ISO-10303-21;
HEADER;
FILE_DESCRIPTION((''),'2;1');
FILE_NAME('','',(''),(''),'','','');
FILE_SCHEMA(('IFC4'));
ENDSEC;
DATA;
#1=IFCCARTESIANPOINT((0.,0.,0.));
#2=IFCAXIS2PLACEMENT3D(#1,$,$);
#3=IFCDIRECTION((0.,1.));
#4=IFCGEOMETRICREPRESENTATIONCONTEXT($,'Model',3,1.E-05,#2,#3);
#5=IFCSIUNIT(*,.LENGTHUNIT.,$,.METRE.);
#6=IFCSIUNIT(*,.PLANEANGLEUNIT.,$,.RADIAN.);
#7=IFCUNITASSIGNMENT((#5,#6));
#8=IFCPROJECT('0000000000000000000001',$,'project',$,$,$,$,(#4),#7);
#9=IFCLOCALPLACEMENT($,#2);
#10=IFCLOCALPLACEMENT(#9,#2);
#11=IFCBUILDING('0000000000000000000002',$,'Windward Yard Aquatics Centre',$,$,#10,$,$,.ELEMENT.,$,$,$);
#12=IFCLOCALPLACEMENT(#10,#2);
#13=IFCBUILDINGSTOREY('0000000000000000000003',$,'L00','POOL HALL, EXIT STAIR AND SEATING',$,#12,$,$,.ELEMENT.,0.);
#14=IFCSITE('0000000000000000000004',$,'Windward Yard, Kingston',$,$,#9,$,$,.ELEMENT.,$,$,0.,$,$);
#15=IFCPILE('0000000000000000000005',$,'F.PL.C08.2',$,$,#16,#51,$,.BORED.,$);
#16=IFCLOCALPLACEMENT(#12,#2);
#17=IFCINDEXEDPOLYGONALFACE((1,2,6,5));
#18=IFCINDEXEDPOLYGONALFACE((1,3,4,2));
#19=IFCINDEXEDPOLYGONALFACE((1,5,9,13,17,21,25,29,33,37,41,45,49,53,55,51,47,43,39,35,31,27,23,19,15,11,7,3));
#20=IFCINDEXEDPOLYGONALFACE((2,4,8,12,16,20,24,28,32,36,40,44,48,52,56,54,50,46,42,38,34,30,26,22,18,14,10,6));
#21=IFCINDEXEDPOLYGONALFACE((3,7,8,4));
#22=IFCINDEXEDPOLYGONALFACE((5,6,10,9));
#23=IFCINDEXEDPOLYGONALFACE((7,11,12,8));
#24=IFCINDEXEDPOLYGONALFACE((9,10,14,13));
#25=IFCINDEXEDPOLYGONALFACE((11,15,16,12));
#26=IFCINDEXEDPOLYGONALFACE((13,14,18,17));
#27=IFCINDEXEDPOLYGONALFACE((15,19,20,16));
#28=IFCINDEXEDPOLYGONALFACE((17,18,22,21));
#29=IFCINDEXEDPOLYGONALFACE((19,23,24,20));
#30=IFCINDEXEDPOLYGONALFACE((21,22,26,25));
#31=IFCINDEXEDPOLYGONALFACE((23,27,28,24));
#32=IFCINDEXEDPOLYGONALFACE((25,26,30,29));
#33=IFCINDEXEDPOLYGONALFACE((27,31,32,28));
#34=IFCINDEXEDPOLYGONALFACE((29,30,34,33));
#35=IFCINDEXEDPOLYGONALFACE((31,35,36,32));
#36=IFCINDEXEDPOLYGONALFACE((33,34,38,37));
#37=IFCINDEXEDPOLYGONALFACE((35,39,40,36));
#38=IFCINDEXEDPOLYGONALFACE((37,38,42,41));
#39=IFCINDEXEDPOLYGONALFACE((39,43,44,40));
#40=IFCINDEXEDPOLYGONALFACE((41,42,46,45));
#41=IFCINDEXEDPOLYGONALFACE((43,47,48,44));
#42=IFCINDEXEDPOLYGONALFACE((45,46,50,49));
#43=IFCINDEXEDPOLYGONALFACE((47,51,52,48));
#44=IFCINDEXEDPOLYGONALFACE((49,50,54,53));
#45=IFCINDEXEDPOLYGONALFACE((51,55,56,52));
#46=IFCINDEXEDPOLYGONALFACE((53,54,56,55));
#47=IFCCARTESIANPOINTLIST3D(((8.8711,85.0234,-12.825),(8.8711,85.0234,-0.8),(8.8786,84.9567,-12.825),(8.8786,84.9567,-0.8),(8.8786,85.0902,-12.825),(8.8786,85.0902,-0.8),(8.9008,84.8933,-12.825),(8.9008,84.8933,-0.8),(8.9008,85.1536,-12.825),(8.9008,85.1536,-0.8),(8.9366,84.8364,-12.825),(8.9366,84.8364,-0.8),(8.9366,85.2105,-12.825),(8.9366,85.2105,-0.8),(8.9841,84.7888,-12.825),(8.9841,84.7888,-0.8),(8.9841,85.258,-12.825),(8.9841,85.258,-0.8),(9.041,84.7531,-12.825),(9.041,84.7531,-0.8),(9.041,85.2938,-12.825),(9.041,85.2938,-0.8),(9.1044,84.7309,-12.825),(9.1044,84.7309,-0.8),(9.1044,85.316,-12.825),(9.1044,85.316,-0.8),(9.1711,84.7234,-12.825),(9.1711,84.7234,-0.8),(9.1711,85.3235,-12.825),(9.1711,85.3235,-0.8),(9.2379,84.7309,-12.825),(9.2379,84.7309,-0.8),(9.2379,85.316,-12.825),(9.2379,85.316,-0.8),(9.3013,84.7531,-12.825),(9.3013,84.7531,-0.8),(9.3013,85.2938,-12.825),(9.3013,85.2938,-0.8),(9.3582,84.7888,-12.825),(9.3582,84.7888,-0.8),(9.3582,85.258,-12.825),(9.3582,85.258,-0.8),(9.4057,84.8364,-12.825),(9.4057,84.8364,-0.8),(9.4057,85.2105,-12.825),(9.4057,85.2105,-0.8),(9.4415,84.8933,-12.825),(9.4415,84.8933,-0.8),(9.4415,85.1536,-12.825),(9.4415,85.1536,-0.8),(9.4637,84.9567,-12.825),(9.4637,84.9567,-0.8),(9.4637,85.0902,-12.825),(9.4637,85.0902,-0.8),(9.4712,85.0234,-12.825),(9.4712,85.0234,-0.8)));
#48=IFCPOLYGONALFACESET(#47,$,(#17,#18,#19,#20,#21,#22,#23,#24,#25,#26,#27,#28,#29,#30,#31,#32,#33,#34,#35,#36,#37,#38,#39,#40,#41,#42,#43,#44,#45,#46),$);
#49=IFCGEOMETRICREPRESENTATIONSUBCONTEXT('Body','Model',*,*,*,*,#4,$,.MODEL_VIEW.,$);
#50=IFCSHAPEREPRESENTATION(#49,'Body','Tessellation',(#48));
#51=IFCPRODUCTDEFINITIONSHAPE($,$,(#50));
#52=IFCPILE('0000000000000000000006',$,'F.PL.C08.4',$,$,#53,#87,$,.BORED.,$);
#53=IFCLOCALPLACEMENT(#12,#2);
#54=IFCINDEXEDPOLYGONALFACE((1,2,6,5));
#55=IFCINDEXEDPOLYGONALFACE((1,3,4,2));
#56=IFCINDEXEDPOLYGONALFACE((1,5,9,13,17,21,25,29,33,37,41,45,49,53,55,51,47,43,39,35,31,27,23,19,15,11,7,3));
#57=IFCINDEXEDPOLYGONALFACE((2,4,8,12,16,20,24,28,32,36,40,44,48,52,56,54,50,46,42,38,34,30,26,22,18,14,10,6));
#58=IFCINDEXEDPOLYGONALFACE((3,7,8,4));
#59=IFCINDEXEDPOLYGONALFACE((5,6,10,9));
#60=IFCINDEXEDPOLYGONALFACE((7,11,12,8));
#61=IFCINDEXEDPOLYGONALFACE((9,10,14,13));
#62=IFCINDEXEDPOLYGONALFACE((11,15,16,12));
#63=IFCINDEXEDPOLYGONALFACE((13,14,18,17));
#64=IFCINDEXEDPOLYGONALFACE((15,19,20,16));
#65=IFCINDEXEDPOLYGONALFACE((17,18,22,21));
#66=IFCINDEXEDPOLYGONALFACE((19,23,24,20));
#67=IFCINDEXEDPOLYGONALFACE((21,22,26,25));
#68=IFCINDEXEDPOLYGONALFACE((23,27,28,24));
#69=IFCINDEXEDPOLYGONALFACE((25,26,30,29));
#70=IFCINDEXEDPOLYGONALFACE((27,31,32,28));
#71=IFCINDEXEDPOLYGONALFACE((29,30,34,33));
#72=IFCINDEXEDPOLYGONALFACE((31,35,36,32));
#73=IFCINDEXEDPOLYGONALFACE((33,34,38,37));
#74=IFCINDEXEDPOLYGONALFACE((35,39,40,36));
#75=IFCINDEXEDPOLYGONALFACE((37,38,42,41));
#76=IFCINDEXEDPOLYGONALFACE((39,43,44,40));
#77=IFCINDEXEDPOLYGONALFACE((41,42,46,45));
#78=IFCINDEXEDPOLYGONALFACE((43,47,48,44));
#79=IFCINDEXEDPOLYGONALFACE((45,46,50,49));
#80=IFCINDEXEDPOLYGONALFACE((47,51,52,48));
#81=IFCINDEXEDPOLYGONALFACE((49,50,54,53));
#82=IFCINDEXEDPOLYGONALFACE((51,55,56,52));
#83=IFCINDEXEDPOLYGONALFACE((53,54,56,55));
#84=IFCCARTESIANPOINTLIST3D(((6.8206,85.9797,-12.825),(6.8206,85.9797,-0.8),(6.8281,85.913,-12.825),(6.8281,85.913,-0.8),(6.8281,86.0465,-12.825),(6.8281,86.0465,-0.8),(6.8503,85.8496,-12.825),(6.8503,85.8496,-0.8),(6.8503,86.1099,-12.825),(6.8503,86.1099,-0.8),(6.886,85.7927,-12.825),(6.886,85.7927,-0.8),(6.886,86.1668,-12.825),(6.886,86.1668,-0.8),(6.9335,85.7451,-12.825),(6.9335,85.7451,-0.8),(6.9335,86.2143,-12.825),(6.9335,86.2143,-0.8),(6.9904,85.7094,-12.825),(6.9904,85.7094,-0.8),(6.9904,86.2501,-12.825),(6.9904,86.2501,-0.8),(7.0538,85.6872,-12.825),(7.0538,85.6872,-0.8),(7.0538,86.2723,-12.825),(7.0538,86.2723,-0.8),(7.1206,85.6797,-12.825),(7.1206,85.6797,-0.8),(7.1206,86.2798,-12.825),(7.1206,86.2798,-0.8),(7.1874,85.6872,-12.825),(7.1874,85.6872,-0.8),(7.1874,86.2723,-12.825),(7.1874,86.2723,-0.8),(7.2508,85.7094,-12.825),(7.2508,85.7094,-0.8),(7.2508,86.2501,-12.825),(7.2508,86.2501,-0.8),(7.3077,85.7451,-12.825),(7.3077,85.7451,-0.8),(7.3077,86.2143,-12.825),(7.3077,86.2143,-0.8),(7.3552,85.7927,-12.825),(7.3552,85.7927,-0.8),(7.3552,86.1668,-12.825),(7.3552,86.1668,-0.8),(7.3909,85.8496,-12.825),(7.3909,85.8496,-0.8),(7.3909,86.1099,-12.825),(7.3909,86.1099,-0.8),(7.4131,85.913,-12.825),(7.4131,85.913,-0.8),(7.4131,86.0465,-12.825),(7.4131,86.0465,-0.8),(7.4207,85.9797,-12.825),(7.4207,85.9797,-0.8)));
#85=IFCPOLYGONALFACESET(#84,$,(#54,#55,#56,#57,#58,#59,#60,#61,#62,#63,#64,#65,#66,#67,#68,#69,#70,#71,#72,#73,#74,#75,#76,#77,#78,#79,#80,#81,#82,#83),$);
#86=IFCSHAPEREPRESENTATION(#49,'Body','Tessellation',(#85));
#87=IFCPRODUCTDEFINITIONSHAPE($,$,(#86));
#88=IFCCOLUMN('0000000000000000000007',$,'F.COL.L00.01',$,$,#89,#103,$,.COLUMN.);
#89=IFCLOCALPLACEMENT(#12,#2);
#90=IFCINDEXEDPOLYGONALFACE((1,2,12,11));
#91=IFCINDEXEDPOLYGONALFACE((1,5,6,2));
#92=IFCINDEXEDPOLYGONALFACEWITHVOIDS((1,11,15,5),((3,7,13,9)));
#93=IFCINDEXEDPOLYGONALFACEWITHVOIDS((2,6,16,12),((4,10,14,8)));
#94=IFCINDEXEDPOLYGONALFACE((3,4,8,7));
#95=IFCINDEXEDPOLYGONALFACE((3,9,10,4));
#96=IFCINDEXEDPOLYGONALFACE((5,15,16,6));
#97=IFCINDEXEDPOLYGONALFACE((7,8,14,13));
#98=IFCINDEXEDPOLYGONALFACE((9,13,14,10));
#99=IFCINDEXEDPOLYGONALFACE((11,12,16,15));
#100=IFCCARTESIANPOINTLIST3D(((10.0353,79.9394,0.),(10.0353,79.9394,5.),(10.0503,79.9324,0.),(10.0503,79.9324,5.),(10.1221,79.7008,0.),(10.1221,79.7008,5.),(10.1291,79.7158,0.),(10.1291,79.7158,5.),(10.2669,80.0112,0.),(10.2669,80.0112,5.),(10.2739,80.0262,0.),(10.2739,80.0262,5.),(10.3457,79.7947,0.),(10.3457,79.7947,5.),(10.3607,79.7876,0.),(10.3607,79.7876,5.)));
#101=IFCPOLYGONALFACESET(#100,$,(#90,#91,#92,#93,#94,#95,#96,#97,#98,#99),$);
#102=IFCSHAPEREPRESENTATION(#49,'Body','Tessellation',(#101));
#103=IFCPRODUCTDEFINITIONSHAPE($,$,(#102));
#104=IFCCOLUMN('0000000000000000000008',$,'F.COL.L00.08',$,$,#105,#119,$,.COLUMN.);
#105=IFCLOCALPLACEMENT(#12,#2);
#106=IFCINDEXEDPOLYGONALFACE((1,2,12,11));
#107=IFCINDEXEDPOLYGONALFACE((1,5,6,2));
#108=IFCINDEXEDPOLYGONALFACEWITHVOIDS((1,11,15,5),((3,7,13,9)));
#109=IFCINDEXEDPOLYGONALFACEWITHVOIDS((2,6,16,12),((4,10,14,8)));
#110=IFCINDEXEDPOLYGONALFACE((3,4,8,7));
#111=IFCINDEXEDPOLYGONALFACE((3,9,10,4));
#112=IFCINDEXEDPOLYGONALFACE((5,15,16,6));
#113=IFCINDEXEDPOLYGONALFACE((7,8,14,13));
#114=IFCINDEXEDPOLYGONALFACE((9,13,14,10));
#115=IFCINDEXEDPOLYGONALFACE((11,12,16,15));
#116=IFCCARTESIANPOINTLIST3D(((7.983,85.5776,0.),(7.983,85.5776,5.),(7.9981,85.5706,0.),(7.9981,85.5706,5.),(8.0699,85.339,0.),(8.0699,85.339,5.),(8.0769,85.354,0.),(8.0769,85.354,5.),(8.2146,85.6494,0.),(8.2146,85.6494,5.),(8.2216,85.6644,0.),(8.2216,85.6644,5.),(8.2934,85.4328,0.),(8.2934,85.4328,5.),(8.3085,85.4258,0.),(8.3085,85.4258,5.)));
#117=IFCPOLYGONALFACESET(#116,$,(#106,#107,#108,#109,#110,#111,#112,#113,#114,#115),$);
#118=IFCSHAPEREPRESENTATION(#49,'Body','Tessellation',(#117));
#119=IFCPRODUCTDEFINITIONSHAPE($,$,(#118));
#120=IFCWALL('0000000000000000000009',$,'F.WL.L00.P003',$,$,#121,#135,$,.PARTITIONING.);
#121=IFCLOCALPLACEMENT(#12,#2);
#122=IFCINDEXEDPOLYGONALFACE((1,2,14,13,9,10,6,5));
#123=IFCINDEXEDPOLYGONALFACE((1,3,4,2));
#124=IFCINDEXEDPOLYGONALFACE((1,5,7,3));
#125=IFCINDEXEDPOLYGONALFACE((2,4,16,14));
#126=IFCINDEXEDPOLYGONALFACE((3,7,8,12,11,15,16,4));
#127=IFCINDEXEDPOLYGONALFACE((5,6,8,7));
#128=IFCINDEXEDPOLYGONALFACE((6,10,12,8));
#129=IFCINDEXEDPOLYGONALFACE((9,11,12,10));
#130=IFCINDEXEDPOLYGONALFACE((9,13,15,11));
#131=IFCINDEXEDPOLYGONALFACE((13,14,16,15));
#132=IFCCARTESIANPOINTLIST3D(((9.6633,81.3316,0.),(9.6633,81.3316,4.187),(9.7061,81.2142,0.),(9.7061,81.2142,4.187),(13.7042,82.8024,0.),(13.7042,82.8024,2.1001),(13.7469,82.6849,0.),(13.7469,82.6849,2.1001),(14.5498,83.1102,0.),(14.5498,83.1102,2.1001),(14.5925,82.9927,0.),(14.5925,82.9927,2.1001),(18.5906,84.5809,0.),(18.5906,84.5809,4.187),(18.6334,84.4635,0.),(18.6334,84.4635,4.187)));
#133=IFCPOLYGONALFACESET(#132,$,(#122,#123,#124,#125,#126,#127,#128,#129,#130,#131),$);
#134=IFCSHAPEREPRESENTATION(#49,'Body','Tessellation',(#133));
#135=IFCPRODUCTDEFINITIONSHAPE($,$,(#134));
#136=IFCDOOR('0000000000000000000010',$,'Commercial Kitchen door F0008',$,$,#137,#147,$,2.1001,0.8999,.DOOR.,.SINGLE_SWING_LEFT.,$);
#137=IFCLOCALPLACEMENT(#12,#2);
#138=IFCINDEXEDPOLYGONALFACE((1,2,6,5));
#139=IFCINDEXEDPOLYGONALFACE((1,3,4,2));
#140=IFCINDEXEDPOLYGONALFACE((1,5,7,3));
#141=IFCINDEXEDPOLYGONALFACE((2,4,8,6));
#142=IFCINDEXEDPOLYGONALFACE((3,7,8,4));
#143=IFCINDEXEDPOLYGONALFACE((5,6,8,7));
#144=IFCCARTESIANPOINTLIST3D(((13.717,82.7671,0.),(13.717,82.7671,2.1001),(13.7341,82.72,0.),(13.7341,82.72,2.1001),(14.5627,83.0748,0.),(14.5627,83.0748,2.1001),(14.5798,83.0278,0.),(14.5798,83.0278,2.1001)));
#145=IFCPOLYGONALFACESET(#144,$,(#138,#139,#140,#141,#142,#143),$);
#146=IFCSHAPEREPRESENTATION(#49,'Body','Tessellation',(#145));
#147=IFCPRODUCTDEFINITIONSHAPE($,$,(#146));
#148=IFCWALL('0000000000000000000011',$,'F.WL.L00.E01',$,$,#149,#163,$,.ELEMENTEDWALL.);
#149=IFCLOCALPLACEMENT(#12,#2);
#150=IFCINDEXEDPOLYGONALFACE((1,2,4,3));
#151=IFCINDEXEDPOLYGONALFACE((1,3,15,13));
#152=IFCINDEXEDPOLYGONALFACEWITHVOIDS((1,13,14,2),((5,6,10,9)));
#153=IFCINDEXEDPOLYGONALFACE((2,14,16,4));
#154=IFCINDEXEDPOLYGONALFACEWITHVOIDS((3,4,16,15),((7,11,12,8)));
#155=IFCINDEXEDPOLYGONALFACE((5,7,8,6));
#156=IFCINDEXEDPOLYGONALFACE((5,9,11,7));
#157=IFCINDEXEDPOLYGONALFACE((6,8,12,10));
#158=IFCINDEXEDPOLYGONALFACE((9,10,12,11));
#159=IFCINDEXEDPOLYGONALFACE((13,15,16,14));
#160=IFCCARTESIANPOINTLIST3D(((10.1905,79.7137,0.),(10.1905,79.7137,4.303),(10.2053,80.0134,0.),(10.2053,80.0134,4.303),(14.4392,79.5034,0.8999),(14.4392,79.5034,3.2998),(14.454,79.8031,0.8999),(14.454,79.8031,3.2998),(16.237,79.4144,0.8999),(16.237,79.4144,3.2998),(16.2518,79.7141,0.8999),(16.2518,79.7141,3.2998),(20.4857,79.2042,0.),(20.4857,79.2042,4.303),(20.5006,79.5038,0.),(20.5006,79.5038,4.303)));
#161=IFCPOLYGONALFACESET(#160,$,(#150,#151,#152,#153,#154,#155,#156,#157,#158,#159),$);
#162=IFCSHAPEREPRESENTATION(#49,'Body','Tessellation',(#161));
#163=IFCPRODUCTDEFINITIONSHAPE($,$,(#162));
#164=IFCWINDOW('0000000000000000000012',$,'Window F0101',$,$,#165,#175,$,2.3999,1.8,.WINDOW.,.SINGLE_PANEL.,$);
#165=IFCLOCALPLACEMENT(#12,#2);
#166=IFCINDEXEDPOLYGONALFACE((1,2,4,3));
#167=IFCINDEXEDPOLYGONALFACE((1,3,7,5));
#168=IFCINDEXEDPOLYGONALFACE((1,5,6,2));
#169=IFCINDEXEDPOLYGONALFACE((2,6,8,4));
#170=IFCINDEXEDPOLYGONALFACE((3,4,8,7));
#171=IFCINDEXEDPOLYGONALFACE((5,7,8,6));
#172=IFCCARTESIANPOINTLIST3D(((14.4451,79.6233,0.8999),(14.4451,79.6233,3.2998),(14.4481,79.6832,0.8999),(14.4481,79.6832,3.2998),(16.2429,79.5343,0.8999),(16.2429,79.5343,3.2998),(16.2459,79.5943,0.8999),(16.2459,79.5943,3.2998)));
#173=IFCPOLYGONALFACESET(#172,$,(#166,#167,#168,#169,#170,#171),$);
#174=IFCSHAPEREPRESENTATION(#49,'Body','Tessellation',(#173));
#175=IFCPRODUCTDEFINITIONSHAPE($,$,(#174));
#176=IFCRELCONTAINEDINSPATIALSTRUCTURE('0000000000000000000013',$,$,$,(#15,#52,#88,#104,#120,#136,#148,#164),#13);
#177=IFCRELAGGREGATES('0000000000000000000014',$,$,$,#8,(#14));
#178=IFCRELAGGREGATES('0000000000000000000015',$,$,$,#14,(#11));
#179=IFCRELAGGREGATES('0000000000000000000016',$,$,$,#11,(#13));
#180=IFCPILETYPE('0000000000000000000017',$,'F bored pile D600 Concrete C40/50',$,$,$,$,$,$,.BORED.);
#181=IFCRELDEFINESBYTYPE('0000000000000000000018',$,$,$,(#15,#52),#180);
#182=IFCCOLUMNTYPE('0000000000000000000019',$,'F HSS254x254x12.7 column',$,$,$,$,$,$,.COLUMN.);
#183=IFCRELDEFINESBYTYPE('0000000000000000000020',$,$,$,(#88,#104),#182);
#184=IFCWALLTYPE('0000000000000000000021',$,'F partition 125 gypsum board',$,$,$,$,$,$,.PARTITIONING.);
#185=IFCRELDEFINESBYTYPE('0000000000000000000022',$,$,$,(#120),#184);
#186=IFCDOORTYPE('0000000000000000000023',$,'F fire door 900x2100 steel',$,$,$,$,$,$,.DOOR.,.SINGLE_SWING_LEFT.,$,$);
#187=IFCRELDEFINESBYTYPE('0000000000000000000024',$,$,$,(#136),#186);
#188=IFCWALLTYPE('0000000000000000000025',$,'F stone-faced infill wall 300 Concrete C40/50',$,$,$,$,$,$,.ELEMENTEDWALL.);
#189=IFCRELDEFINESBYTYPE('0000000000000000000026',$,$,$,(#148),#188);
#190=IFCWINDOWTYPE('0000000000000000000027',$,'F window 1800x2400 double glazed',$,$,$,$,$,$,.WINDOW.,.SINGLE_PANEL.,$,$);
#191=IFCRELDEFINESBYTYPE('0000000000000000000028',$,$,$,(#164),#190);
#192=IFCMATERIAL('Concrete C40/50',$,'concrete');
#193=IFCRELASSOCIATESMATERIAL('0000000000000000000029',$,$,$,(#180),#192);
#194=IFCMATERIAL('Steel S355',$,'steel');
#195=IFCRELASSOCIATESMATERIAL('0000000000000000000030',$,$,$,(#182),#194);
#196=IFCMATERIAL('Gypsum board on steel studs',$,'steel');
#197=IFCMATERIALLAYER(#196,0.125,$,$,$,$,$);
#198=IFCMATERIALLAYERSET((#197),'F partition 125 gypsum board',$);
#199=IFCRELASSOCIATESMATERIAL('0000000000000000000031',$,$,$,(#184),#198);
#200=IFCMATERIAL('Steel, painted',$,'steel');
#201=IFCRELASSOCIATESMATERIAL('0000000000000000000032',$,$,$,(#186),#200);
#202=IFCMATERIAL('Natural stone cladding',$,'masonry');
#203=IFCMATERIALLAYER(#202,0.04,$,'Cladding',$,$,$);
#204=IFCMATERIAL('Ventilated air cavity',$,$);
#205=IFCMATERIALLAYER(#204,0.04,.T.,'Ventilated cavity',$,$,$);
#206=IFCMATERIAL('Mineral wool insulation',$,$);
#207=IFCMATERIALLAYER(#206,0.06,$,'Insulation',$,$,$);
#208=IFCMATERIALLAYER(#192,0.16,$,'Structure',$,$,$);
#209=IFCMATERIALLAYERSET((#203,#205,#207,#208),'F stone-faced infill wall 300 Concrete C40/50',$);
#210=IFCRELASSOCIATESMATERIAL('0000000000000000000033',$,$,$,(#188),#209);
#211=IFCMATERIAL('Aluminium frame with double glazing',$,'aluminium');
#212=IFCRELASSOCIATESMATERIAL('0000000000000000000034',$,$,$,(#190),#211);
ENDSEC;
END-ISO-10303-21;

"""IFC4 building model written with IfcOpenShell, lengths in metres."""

from ifc_helpers import new_model, si_unit, direction, frame, frame_2d, origin, origin_2d, place, context, subcontext, project, spatial, rectangle, hollow_rectangle, circle, extrude, material, layer, layer_set, material_profile, profile_set, type_object, element, fill, save


model = new_model("IFC4")

# Units and contexts
model_context = context("Model", 3, precision=1e-05, world=origin(), true_north=direction((0.0, 1.0)))
body_context = subcontext(model_context, "Body", "Model", "MODEL_VIEW")
ifc_project = project(units=[si_unit("LENGTHUNIT", "METRE"), si_unit("PLANEANGLEUNIT", "RADIAN")], contexts=[model_context])

# Site, building, storey
site_placement = place(None, origin())
site = spatial("IfcSite", under=ifc_project, at=site_placement, Name="Windward Yard, Kingston", CompositionType="ELEMENT", RefElevation=0.0)
building_placement = place(site_placement, origin())
building = spatial("IfcBuilding", under=site, at=building_placement, Name="Windward Yard Aquatics Centre", CompositionType="ELEMENT")
storey_placement = place(building_placement, origin())
storey = spatial("IfcBuildingStorey", under=building, at=storey_placement, Name="L00", Description="POOL HALL, EXIT STAIR AND SEATING", CompositionType="ELEMENT", Elevation=0.0)

# Piles
ifc_material_1 = material(Name="Concrete C40/50", Category="concrete")
ifc_material_profile_1 = material_profile(ifc_material_1, circle(Radius=0.3, at=origin_2d()), Name="D600")
ifc_profile_set_1 = profile_set([ifc_material_profile_1], Name="Concrete C40/50")
pile_type = type_object("IfcPileType", Name="F bored pile D600 Concrete C40/50", PredefinedType="BORED", material=ifc_profile_set_1)
for number, where, z_axis, x_axis, name in (
    (1, (9.1711, 85.0234, -0.8), (0.0, 0.0, -1.0), (1.0, 0.0, 0.0), "F.PL.C08.2"),
    (2, (7.1206, 85.9797, -0.8), (0.0, 0.0, -1.0), (1.0, 0.0, 0.0), "F.PL.C08.4"),
):
    element("IfcPile", number, at=place(storey_placement, frame(where, z_axis=z_axis, x_axis=x_axis)), inside=storey, type_object=pile_type, Name=name, PredefinedType="BORED", context=body_context, shape_type="SweptSolid", body=[
        extrude(circle(Radius=0.3, at=origin_2d()), origin(), (0.0, 0.0, 1.0), 12.0249),
    ])

# Columns
ifc_material_2 = material(Name="Steel S355", Category="steel")
ifc_material_profile_2 = material_profile(ifc_material_2, hollow_rectangle(XDim=0.2539, YDim=0.2539, WallThickness=0.0117, at=origin_2d()), Name="HSS254x254x12.7")
ifc_profile_set_2 = profile_set([ifc_material_profile_2], Name="Steel S355")
column_type = type_object("IfcColumnType", Name="F HSS254x254x12.7 column", PredefinedType="COLUMN", material=ifc_profile_set_2)
for number, where, z_axis, x_axis, name in (
    (3, (10.198, 79.8635, 0.0), (0.0, 0.0, 1.0), (0.939693, 0.34202, 0.0), "F.COL.L00.01"),
    (4, (8.1458, 85.5017, 0.0), (0.0, 0.0, 1.0), (0.939693, 0.34202, 0.0), "F.COL.L00.08"),
):
    element("IfcColumn", number, at=place(storey_placement, frame(where, z_axis=z_axis, x_axis=x_axis)), inside=storey, type_object=column_type, Name=name, PredefinedType="COLUMN", context=body_context, shape_type="SweptSolid", body=[
        extrude(hollow_rectangle(XDim=0.2539, YDim=0.2539, WallThickness=0.0117, at=origin_2d()), origin(), (0.0, 0.0, 1.0), 5.0),
    ])

# Wall, opening, door
ifc_material_3 = material(Name="Gypsum board on steel studs", Category="steel")
ifc_layer_1 = layer(ifc_material_3, 0.125)
ifc_layer_set_1 = layer_set([ifc_layer_1], Name="F partition 125 gypsum board")
wall_type_1 = type_object("IfcWallType", Name="F partition 125 gypsum board", PredefinedType="PARTITIONING", material=ifc_layer_set_1)
wall_1_placement = place(storey_placement, frame((9.6848, 81.2729, 0.0), z_axis=(0.0, 0.0, 1.0), x_axis=(0.939692, 0.342022, 0.0)))
wall_1 = element("IfcWall", 5, at=wall_1_placement, inside=storey, type_object=wall_type_1, Name="F.WL.L00.P003", PredefinedType="PARTITIONING", context=body_context, shape_type="SweptSolid", body=[
    extrude(rectangle(XDim=9.5002, YDim=0.125, at=frame_2d((4.75, 0.0))), origin(), (0.0, 0.0, 1.0), 4.187),
])
opening_1_placement = place(wall_1_placement, frame((4.3, 0.0, 0.0)))
opening_1 = element("IfcOpeningElement", 6, at=opening_1_placement, cuts=wall_1, PredefinedType="OPENING", context=body_context, shape_type="SweptSolid", body=[
    extrude(rectangle(XDim=0.8999, YDim=2.1001, at=frame_2d((0.45, 1.05))), frame((0.0, 0.0725, 0.0), z_axis=(0.0, -1.0, 0.0), x_axis=(1.0, 0.0, 0.0)), (0.0, 0.0, 1.0), 0.145),
])
ifc_material_4 = material(Name="Steel, painted", Category="steel")
door_type = type_object("IfcDoorType", Name="F fire door 900x2100 steel", OperationType="SINGLE_SWING_LEFT", PredefinedType="DOOR", material=ifc_material_4)
door_placement = place(opening_1_placement, origin())
door = element("IfcDoor", 7, at=door_placement, inside=storey, type_object=door_type, Name="Commercial Kitchen door F0008", OperationType="SINGLE_SWING_LEFT", OverallHeight=2.1001, OverallWidth=0.8999, PredefinedType="DOOR", context=body_context, shape_type="SweptSolid", body=[
    extrude(rectangle(XDim=0.8999, YDim=2.1001, at=frame_2d((0.45, 1.05))), frame((0.0, 0.0249, 0.0), z_axis=(0.0, -1.0, 0.0), x_axis=(1.0, 0.0, 0.0)), (0.0, 0.0, 1.0), 0.05),
])
fill(opening_1, door)

# Wall, opening, window
ifc_material_5 = material(Name="Natural stone cladding", Category="masonry")
ifc_layer_2 = layer(ifc_material_5, 0.04, Name="Cladding")
ifc_material_6 = material(Name="Ventilated air cavity")
ifc_layer_3 = layer(ifc_material_6, 0.04, ventilated=True, Name="Ventilated cavity")
ifc_material_7 = material(Name="Mineral wool insulation")
ifc_layer_4 = layer(ifc_material_7, 0.06, Name="Insulation")
ifc_layer_5 = layer(ifc_material_1, 0.16, Name="Structure")
ifc_layer_set_2 = layer_set([ifc_layer_2, ifc_layer_3, ifc_layer_4, ifc_layer_5], Name="F stone-faced infill wall 300 Concrete C40/50")
wall_type_2 = type_object("IfcWallType", Name="F stone-faced infill wall 300 Concrete C40/50", PredefinedType="ELEMENTEDWALL", material=ifc_layer_set_2)
wall_2_placement = place(storey_placement, frame((10.198, 79.8635, 0.0), z_axis=(0.0, 0.0, 1.0), x_axis=(0.998778, -0.049431, 0.0)))
wall_2 = element("IfcWall", 8, at=wall_2_placement, inside=storey, type_object=wall_type_2, Name="F.WL.L00.E01", PredefinedType="ELEMENTEDWALL", context=body_context, shape_type="SweptSolid", body=[
    extrude(rectangle(XDim=10.3079, YDim=0.3, at=frame_2d((5.1538, 0.0))), origin(), (0.0, 0.0, 1.0), 4.303),
])
opening_2_placement = place(wall_2_placement, frame((4.2539, 0.0, 0.8999)))
opening_2 = element("IfcOpeningElement", 9, at=opening_2_placement, cuts=wall_2, PredefinedType="OPENING", context=body_context, shape_type="SweptSolid", body=[
    extrude(rectangle(XDim=1.8, YDim=2.3999, at=frame_2d((0.8999, 1.2))), frame((0.0, 0.1602, 0.0), z_axis=(0.0, -1.0, 0.0), x_axis=(1.0, 0.0, 0.0)), (0.0, 0.0, 1.0), 0.3201),
])
ifc_material_8 = material(Name="Aluminium frame with double glazing", Category="aluminium")
window_type = type_object("IfcWindowType", Name="F window 1800x2400 double glazed", PartitioningType="SINGLE_PANEL", PredefinedType="WINDOW", material=ifc_material_8)
window_1_placement = place(opening_2_placement, origin())
window_1 = element("IfcWindow", 10, at=window_1_placement, inside=storey, type_object=window_type, Name="Window F0101", OverallHeight=2.3999, OverallWidth=1.8, PartitioningType="SINGLE_PANEL", PredefinedType="WINDOW", context=body_context, shape_type="SweptSolid", body=[
    extrude(rectangle(XDim=1.8, YDim=2.3999, at=frame_2d((0.8999, 1.2))), frame((0.0, 0.03, 0.0), z_axis=(0.0, -1.0, 0.0), x_axis=(1.0, 0.0, 0.0)), (0.0, 0.0, 1.0), 0.0601),
])
fill(opening_2, window_1)

save(model, "model.ifc")
